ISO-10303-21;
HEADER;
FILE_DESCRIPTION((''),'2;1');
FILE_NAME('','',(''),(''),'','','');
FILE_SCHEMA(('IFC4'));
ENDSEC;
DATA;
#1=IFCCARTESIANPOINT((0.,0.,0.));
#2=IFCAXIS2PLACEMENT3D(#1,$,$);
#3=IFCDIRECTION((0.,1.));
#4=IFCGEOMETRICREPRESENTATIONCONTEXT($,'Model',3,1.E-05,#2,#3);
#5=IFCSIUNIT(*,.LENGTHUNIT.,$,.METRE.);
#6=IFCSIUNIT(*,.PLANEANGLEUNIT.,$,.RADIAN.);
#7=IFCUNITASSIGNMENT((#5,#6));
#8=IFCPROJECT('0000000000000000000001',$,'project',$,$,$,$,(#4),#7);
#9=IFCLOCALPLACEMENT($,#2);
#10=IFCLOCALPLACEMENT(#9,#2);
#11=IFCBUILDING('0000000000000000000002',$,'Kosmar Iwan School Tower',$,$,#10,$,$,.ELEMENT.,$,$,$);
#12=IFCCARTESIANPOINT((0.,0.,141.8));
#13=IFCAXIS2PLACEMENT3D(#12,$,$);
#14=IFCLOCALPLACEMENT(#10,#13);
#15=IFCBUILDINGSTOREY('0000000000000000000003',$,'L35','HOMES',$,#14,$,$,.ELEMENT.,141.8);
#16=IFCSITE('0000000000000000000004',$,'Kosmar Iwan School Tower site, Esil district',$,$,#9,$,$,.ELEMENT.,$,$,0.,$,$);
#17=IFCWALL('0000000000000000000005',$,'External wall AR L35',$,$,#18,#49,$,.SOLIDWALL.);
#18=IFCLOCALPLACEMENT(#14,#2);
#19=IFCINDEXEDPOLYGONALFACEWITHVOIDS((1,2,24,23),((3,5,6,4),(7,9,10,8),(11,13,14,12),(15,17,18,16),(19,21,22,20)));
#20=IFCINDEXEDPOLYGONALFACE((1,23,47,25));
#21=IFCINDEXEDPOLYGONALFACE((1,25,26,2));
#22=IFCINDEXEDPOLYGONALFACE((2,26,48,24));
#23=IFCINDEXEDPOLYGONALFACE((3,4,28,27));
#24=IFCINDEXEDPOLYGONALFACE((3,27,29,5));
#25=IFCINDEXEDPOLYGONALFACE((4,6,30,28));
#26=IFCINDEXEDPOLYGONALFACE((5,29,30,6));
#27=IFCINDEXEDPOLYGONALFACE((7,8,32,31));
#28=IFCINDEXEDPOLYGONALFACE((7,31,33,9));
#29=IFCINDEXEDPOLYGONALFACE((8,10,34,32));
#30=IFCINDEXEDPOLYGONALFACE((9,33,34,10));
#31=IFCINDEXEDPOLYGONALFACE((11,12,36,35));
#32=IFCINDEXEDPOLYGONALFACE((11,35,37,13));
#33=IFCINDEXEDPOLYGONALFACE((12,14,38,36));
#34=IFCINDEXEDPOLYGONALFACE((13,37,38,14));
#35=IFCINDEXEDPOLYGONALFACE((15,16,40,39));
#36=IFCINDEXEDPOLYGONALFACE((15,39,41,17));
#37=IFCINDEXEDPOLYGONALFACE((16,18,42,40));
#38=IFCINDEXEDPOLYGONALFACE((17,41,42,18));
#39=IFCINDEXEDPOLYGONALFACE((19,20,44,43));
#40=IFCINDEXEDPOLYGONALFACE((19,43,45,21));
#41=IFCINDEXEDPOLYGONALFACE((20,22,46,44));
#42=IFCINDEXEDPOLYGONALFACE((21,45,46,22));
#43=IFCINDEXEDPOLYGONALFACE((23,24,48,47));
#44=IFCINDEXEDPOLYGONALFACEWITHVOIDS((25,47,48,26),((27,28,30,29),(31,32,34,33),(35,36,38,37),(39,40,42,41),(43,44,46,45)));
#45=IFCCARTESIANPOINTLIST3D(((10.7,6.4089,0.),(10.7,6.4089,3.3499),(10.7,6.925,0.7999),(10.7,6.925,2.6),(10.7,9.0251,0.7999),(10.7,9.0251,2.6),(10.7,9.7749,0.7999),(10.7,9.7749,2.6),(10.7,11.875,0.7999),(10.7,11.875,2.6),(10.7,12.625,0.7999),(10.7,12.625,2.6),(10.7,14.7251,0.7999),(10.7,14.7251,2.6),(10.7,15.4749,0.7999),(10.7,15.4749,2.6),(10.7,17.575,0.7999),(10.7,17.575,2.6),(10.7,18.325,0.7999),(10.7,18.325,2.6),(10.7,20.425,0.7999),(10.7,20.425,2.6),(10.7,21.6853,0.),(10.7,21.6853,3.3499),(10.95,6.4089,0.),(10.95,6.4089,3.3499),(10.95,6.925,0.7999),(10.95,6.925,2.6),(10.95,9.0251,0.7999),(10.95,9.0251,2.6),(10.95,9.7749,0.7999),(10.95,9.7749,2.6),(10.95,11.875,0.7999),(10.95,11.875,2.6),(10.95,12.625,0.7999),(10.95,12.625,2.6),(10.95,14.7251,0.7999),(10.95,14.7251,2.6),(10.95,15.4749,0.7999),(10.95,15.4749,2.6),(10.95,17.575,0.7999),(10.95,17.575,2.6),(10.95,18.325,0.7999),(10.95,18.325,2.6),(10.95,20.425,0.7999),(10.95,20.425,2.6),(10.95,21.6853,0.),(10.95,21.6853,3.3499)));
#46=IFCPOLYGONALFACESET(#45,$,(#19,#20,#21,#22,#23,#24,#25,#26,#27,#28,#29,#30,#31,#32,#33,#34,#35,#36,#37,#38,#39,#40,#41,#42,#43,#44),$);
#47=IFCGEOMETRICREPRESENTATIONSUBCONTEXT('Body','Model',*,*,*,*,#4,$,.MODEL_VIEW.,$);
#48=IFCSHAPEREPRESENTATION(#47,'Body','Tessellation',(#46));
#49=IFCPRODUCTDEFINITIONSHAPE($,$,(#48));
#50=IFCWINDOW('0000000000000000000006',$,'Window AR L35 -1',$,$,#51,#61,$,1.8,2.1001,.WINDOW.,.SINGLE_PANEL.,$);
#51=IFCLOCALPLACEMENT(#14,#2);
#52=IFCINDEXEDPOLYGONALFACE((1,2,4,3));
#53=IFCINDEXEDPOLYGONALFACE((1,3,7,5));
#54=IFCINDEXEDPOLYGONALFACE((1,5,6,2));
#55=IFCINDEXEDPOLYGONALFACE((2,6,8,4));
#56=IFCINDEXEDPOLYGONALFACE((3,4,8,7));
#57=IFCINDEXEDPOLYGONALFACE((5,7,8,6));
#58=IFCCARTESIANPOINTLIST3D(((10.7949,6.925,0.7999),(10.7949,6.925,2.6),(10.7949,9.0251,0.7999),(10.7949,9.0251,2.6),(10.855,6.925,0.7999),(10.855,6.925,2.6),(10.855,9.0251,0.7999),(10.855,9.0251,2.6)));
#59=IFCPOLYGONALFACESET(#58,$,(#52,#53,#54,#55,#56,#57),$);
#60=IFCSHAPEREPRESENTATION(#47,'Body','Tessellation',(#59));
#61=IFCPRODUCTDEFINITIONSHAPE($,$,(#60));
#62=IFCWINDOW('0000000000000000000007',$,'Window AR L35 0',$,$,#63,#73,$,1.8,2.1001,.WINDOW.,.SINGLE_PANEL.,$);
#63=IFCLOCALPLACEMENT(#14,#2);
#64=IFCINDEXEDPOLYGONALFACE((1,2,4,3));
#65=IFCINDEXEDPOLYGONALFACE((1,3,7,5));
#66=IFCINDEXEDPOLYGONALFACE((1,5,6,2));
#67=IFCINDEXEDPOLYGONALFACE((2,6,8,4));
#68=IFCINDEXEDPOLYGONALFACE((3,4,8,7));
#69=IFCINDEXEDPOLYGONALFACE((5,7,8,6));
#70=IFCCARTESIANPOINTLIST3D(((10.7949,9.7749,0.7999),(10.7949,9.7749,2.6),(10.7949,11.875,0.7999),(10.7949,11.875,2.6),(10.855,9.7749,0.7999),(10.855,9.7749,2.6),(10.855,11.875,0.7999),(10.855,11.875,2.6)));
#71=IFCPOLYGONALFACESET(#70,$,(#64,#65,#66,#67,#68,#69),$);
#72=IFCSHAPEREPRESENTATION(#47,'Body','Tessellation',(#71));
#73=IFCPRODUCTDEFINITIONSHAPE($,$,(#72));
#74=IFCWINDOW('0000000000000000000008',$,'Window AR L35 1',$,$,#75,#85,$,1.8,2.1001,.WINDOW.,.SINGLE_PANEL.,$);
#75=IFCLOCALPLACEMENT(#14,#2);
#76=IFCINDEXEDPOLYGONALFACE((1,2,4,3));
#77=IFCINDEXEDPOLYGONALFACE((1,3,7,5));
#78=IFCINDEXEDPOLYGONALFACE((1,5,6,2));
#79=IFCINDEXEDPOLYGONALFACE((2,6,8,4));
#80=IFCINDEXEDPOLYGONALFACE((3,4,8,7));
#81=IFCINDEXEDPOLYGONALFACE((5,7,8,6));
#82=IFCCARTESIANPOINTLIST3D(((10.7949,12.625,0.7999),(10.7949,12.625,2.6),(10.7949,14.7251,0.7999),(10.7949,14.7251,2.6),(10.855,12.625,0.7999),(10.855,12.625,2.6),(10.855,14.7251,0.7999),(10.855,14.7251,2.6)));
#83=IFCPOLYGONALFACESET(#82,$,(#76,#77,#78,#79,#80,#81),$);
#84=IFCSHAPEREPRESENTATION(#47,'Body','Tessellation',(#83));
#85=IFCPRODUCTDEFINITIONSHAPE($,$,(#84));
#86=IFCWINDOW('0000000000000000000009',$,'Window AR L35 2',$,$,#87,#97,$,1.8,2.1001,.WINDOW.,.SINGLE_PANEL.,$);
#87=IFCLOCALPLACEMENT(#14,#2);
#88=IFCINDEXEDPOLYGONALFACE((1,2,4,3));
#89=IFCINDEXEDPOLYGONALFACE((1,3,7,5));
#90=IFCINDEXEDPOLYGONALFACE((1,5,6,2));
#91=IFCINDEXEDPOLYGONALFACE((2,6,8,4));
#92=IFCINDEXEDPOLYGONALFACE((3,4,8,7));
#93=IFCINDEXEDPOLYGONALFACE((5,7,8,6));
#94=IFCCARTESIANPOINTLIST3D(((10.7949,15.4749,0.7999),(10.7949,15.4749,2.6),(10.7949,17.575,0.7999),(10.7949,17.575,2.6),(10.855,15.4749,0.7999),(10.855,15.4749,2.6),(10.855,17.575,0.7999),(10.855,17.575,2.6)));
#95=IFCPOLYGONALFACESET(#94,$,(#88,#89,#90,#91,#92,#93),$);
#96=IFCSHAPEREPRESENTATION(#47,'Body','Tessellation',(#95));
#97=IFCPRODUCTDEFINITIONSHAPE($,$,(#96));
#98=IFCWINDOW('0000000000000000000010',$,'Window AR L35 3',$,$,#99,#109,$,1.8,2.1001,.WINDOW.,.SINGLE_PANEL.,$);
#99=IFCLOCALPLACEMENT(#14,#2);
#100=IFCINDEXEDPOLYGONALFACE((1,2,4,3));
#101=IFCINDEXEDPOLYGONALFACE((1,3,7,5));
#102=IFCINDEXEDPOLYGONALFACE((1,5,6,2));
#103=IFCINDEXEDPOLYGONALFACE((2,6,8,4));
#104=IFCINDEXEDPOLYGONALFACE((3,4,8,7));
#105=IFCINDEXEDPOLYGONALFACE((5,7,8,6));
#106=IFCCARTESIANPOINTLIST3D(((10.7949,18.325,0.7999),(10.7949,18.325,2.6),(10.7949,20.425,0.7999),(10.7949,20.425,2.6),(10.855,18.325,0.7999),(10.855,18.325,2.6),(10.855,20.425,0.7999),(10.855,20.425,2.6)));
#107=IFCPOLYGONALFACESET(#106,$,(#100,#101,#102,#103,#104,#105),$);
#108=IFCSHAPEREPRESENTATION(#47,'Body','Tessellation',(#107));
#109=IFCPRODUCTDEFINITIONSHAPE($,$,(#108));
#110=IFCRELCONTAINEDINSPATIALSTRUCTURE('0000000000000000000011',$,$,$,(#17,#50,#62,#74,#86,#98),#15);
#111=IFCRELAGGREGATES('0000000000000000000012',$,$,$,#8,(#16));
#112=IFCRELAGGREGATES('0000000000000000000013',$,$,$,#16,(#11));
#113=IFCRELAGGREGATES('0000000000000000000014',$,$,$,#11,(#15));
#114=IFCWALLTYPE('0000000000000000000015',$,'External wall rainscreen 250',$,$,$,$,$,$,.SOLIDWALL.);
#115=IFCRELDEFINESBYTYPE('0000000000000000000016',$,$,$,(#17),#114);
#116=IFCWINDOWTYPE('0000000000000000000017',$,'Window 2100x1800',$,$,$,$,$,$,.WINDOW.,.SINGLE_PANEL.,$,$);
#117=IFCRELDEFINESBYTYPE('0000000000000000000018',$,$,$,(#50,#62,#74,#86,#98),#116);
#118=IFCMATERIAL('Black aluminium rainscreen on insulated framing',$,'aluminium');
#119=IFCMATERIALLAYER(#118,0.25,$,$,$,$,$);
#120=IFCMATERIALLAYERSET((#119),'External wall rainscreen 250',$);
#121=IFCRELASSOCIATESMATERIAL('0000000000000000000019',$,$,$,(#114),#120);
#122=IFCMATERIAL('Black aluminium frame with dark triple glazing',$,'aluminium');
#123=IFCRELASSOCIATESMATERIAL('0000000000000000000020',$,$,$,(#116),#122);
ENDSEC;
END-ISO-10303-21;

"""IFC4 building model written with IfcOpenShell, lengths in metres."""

from ifc_helpers import new_model, si_unit, direction, frame, frame_2d, origin, place, context, subcontext, project, spatial, rectangle, extrude, material, layer, layer_set, type_object, element, fill, save


model = new_model("IFC4")

# Units and contexts
model_context = context("Model", 3, precision=1e-05, world=origin(), true_north=direction((0.0, 1.0)))
body_context = subcontext(model_context, "Body", "Model", "MODEL_VIEW")
ifc_project = project(units=[si_unit("LENGTHUNIT", "METRE"), si_unit("PLANEANGLEUNIT", "RADIAN")], contexts=[model_context])

# Site, building, storey
site_placement = place(None, origin())
site = spatial("IfcSite", under=ifc_project, at=site_placement, Name="Kosmar Iwan School Tower site, Esil district", CompositionType="ELEMENT", RefElevation=0.0)
building_placement = place(site_placement, origin())
building = spatial("IfcBuilding", under=site, at=building_placement, Name="Kosmar Iwan School Tower", CompositionType="ELEMENT")
storey_placement = place(building_placement, frame((0.0, 0.0, 141.8)))
storey = spatial("IfcBuildingStorey", under=building, at=storey_placement, Name="L35", Description="HOMES", CompositionType="ELEMENT", Elevation=141.8)

# Wall, openings, windows
ifc_material_1 = material(Name="Black aluminium rainscreen on insulated framing", Category="aluminium")
ifc_layer = layer(ifc_material_1, 0.25)
ifc_layer_set = layer_set([ifc_layer], Name="External wall rainscreen 250")
wall_type = type_object("IfcWallType", Name="External wall rainscreen 250", PredefinedType="SOLIDWALL", material=ifc_layer_set)
ifc_material_2 = material(Name="Black aluminium frame with dark triple glazing", Category="aluminium")
window_type = type_object("IfcWindowType", Name="Window 2100x1800", PartitioningType="SINGLE_PANEL", PredefinedType="WINDOW", material=ifc_material_2)
wall_1_placement = place(storey_placement, frame((10.825, 6.4089, 0.0), z_axis=(0.0, 0.0, 1.0), x_axis=(0.0, 1.0, 0.0)))
wall_1 = element("IfcWall", 1, at=wall_1_placement, inside=storey, type_object=wall_type, Name="External wall AR L35", PredefinedType="SOLIDWALL", context=body_context, shape_type="SweptSolid", body=[
    extrude(rectangle(XDim=15.2764, YDim=0.25, at=frame_2d((7.6382, 0.0))), origin(), (0.0, 0.0, 1.0), 3.3499),
])
opening_1_placement = place(wall_1_placement, frame((0.5161, 0.0, 0.8)))
opening_1 = element("IfcOpeningElement", 2, at=opening_1_placement, cuts=wall_1, PredefinedType="OPENING", context=body_context, shape_type="SweptSolid", body=[
    extrude(rectangle(XDim=2.1001, YDim=1.8, at=frame_2d((1.05, 0.8999))), frame((0.0, 0.137, 0.0), z_axis=(0.0, -1.0, 0.0), x_axis=(1.0, 0.0, 0.0)), (0.0, 0.0, 1.0), 0.2739),
])
opening_2_placement = place(wall_1_placement, frame((3.366, 0.0, 0.8)))
opening_2 = element("IfcOpeningElement", 3, at=opening_2_placement, cuts=wall_1, PredefinedType="OPENING", context=body_context, shape_type="SweptSolid", body=[
    extrude(rectangle(XDim=2.1001, YDim=1.8, at=frame_2d((1.05, 0.8999))), frame((0.0, 0.137, 0.0), z_axis=(0.0, -1.0, 0.0), x_axis=(1.0, 0.0, 0.0)), (0.0, 0.0, 1.0), 0.2739),
])
opening_3_placement = place(wall_1_placement, frame((6.2161, 0.0, 0.8)))
opening_3 = element("IfcOpeningElement", 4, at=opening_3_placement, cuts=wall_1, PredefinedType="OPENING", context=body_context, shape_type="SweptSolid", body=[
    extrude(rectangle(XDim=2.1001, YDim=1.8, at=frame_2d((1.05, 0.8999))), frame((0.0, 0.137, 0.0), z_axis=(0.0, -1.0, 0.0), x_axis=(1.0, 0.0, 0.0)), (0.0, 0.0, 1.0), 0.2739),
])
opening_4_placement = place(wall_1_placement, frame((9.0659, 0.0, 0.8)))
opening_4 = element("IfcOpeningElement", 5, at=opening_4_placement, cuts=wall_1, PredefinedType="OPENING", context=body_context, shape_type="SweptSolid", body=[
    extrude(rectangle(XDim=2.1001, YDim=1.8, at=frame_2d((1.05, 0.8999))), frame((0.0, 0.137, 0.0), z_axis=(0.0, -1.0, 0.0), x_axis=(1.0, 0.0, 0.0)), (0.0, 0.0, 1.0), 0.2739),
])
opening_5_placement = place(wall_1_placement, frame((11.916, 0.0, 0.8)))
opening_5 = element("IfcOpeningElement", 6, at=opening_5_placement, cuts=wall_1, PredefinedType="OPENING", context=body_context, shape_type="SweptSolid", body=[
    extrude(rectangle(XDim=2.1001, YDim=1.8, at=frame_2d((1.05, 0.8999))), frame((0.0, 0.137, 0.0), z_axis=(0.0, -1.0, 0.0), x_axis=(1.0, 0.0, 0.0)), (0.0, 0.0, 1.0), 0.2739),
])
window_1_placement = place(opening_1_placement, origin())
window_1 = element("IfcWindow", 7, at=window_1_placement, inside=storey, type_object=window_type, Name="Window AR L35 -1", OverallHeight=1.8, OverallWidth=2.1001, PartitioningType="SINGLE_PANEL", PredefinedType="WINDOW", context=body_context, shape_type="SweptSolid", body=[
    extrude(rectangle(XDim=2.1001, YDim=1.8, at=frame_2d((1.05, 0.8999))), frame((0.0, 0.03, 0.0), z_axis=(0.0, -1.0, 0.0), x_axis=(1.0, 0.0, 0.0)), (0.0, 0.0, 1.0), 0.0601),
])
fill(opening_1, window_1)
window_2_placement = place(opening_2_placement, origin())
window_2 = element("IfcWindow", 8, at=window_2_placement, inside=storey, type_object=window_type, Name="Window AR L35 0", OverallHeight=1.8, OverallWidth=2.1001, PartitioningType="SINGLE_PANEL", PredefinedType="WINDOW", context=body_context, shape_type="SweptSolid", body=[
    extrude(rectangle(XDim=2.1001, YDim=1.8, at=frame_2d((1.05, 0.8999))), frame((0.0, 0.03, 0.0), z_axis=(0.0, -1.0, 0.0), x_axis=(1.0, 0.0, 0.0)), (0.0, 0.0, 1.0), 0.0601),
])
fill(opening_2, window_2)
window_3_placement = place(opening_3_placement, origin())
window_3 = element("IfcWindow", 9, at=window_3_placement, inside=storey, type_object=window_type, Name="Window AR L35 1", OverallHeight=1.8, OverallWidth=2.1001, PartitioningType="SINGLE_PANEL", PredefinedType="WINDOW", context=body_context, shape_type="SweptSolid", body=[
    extrude(rectangle(XDim=2.1001, YDim=1.8, at=frame_2d((1.05, 0.8999))), frame((0.0, 0.03, 0.0), z_axis=(0.0, -1.0, 0.0), x_axis=(1.0, 0.0, 0.0)), (0.0, 0.0, 1.0), 0.0601),
])
fill(opening_3, window_3)
window_4_placement = place(opening_4_placement, origin())
window_4 = element("IfcWindow", 10, at=window_4_placement, inside=storey, type_object=window_type, Name="Window AR L35 2", OverallHeight=1.8, OverallWidth=2.1001, PartitioningType="SINGLE_PANEL", PredefinedType="WINDOW", context=body_context, shape_type="SweptSolid", body=[
    extrude(rectangle(XDim=2.1001, YDim=1.8, at=frame_2d((1.05, 0.8999))), frame((0.0, 0.03, 0.0), z_axis=(0.0, -1.0, 0.0), x_axis=(1.0, 0.0, 0.0)), (0.0, 0.0, 1.0), 0.0601),
])
fill(opening_4, window_4)
window_5_placement = place(opening_5_placement, origin())
window_5 = element("IfcWindow", 11, at=window_5_placement, inside=storey, type_object=window_type, Name="Window AR L35 3", OverallHeight=1.8, OverallWidth=2.1001, PartitioningType="SINGLE_PANEL", PredefinedType="WINDOW", context=body_context, shape_type="SweptSolid", body=[
    extrude(rectangle(XDim=2.1001, YDim=1.8, at=frame_2d((1.05, 0.8999))), frame((0.0, 0.03, 0.0), z_axis=(0.0, -1.0, 0.0), x_axis=(1.0, 0.0, 0.0)), (0.0, 0.0, 1.0), 0.0601),
])
fill(opening_5, window_5)

save(model, "model.ifc")
